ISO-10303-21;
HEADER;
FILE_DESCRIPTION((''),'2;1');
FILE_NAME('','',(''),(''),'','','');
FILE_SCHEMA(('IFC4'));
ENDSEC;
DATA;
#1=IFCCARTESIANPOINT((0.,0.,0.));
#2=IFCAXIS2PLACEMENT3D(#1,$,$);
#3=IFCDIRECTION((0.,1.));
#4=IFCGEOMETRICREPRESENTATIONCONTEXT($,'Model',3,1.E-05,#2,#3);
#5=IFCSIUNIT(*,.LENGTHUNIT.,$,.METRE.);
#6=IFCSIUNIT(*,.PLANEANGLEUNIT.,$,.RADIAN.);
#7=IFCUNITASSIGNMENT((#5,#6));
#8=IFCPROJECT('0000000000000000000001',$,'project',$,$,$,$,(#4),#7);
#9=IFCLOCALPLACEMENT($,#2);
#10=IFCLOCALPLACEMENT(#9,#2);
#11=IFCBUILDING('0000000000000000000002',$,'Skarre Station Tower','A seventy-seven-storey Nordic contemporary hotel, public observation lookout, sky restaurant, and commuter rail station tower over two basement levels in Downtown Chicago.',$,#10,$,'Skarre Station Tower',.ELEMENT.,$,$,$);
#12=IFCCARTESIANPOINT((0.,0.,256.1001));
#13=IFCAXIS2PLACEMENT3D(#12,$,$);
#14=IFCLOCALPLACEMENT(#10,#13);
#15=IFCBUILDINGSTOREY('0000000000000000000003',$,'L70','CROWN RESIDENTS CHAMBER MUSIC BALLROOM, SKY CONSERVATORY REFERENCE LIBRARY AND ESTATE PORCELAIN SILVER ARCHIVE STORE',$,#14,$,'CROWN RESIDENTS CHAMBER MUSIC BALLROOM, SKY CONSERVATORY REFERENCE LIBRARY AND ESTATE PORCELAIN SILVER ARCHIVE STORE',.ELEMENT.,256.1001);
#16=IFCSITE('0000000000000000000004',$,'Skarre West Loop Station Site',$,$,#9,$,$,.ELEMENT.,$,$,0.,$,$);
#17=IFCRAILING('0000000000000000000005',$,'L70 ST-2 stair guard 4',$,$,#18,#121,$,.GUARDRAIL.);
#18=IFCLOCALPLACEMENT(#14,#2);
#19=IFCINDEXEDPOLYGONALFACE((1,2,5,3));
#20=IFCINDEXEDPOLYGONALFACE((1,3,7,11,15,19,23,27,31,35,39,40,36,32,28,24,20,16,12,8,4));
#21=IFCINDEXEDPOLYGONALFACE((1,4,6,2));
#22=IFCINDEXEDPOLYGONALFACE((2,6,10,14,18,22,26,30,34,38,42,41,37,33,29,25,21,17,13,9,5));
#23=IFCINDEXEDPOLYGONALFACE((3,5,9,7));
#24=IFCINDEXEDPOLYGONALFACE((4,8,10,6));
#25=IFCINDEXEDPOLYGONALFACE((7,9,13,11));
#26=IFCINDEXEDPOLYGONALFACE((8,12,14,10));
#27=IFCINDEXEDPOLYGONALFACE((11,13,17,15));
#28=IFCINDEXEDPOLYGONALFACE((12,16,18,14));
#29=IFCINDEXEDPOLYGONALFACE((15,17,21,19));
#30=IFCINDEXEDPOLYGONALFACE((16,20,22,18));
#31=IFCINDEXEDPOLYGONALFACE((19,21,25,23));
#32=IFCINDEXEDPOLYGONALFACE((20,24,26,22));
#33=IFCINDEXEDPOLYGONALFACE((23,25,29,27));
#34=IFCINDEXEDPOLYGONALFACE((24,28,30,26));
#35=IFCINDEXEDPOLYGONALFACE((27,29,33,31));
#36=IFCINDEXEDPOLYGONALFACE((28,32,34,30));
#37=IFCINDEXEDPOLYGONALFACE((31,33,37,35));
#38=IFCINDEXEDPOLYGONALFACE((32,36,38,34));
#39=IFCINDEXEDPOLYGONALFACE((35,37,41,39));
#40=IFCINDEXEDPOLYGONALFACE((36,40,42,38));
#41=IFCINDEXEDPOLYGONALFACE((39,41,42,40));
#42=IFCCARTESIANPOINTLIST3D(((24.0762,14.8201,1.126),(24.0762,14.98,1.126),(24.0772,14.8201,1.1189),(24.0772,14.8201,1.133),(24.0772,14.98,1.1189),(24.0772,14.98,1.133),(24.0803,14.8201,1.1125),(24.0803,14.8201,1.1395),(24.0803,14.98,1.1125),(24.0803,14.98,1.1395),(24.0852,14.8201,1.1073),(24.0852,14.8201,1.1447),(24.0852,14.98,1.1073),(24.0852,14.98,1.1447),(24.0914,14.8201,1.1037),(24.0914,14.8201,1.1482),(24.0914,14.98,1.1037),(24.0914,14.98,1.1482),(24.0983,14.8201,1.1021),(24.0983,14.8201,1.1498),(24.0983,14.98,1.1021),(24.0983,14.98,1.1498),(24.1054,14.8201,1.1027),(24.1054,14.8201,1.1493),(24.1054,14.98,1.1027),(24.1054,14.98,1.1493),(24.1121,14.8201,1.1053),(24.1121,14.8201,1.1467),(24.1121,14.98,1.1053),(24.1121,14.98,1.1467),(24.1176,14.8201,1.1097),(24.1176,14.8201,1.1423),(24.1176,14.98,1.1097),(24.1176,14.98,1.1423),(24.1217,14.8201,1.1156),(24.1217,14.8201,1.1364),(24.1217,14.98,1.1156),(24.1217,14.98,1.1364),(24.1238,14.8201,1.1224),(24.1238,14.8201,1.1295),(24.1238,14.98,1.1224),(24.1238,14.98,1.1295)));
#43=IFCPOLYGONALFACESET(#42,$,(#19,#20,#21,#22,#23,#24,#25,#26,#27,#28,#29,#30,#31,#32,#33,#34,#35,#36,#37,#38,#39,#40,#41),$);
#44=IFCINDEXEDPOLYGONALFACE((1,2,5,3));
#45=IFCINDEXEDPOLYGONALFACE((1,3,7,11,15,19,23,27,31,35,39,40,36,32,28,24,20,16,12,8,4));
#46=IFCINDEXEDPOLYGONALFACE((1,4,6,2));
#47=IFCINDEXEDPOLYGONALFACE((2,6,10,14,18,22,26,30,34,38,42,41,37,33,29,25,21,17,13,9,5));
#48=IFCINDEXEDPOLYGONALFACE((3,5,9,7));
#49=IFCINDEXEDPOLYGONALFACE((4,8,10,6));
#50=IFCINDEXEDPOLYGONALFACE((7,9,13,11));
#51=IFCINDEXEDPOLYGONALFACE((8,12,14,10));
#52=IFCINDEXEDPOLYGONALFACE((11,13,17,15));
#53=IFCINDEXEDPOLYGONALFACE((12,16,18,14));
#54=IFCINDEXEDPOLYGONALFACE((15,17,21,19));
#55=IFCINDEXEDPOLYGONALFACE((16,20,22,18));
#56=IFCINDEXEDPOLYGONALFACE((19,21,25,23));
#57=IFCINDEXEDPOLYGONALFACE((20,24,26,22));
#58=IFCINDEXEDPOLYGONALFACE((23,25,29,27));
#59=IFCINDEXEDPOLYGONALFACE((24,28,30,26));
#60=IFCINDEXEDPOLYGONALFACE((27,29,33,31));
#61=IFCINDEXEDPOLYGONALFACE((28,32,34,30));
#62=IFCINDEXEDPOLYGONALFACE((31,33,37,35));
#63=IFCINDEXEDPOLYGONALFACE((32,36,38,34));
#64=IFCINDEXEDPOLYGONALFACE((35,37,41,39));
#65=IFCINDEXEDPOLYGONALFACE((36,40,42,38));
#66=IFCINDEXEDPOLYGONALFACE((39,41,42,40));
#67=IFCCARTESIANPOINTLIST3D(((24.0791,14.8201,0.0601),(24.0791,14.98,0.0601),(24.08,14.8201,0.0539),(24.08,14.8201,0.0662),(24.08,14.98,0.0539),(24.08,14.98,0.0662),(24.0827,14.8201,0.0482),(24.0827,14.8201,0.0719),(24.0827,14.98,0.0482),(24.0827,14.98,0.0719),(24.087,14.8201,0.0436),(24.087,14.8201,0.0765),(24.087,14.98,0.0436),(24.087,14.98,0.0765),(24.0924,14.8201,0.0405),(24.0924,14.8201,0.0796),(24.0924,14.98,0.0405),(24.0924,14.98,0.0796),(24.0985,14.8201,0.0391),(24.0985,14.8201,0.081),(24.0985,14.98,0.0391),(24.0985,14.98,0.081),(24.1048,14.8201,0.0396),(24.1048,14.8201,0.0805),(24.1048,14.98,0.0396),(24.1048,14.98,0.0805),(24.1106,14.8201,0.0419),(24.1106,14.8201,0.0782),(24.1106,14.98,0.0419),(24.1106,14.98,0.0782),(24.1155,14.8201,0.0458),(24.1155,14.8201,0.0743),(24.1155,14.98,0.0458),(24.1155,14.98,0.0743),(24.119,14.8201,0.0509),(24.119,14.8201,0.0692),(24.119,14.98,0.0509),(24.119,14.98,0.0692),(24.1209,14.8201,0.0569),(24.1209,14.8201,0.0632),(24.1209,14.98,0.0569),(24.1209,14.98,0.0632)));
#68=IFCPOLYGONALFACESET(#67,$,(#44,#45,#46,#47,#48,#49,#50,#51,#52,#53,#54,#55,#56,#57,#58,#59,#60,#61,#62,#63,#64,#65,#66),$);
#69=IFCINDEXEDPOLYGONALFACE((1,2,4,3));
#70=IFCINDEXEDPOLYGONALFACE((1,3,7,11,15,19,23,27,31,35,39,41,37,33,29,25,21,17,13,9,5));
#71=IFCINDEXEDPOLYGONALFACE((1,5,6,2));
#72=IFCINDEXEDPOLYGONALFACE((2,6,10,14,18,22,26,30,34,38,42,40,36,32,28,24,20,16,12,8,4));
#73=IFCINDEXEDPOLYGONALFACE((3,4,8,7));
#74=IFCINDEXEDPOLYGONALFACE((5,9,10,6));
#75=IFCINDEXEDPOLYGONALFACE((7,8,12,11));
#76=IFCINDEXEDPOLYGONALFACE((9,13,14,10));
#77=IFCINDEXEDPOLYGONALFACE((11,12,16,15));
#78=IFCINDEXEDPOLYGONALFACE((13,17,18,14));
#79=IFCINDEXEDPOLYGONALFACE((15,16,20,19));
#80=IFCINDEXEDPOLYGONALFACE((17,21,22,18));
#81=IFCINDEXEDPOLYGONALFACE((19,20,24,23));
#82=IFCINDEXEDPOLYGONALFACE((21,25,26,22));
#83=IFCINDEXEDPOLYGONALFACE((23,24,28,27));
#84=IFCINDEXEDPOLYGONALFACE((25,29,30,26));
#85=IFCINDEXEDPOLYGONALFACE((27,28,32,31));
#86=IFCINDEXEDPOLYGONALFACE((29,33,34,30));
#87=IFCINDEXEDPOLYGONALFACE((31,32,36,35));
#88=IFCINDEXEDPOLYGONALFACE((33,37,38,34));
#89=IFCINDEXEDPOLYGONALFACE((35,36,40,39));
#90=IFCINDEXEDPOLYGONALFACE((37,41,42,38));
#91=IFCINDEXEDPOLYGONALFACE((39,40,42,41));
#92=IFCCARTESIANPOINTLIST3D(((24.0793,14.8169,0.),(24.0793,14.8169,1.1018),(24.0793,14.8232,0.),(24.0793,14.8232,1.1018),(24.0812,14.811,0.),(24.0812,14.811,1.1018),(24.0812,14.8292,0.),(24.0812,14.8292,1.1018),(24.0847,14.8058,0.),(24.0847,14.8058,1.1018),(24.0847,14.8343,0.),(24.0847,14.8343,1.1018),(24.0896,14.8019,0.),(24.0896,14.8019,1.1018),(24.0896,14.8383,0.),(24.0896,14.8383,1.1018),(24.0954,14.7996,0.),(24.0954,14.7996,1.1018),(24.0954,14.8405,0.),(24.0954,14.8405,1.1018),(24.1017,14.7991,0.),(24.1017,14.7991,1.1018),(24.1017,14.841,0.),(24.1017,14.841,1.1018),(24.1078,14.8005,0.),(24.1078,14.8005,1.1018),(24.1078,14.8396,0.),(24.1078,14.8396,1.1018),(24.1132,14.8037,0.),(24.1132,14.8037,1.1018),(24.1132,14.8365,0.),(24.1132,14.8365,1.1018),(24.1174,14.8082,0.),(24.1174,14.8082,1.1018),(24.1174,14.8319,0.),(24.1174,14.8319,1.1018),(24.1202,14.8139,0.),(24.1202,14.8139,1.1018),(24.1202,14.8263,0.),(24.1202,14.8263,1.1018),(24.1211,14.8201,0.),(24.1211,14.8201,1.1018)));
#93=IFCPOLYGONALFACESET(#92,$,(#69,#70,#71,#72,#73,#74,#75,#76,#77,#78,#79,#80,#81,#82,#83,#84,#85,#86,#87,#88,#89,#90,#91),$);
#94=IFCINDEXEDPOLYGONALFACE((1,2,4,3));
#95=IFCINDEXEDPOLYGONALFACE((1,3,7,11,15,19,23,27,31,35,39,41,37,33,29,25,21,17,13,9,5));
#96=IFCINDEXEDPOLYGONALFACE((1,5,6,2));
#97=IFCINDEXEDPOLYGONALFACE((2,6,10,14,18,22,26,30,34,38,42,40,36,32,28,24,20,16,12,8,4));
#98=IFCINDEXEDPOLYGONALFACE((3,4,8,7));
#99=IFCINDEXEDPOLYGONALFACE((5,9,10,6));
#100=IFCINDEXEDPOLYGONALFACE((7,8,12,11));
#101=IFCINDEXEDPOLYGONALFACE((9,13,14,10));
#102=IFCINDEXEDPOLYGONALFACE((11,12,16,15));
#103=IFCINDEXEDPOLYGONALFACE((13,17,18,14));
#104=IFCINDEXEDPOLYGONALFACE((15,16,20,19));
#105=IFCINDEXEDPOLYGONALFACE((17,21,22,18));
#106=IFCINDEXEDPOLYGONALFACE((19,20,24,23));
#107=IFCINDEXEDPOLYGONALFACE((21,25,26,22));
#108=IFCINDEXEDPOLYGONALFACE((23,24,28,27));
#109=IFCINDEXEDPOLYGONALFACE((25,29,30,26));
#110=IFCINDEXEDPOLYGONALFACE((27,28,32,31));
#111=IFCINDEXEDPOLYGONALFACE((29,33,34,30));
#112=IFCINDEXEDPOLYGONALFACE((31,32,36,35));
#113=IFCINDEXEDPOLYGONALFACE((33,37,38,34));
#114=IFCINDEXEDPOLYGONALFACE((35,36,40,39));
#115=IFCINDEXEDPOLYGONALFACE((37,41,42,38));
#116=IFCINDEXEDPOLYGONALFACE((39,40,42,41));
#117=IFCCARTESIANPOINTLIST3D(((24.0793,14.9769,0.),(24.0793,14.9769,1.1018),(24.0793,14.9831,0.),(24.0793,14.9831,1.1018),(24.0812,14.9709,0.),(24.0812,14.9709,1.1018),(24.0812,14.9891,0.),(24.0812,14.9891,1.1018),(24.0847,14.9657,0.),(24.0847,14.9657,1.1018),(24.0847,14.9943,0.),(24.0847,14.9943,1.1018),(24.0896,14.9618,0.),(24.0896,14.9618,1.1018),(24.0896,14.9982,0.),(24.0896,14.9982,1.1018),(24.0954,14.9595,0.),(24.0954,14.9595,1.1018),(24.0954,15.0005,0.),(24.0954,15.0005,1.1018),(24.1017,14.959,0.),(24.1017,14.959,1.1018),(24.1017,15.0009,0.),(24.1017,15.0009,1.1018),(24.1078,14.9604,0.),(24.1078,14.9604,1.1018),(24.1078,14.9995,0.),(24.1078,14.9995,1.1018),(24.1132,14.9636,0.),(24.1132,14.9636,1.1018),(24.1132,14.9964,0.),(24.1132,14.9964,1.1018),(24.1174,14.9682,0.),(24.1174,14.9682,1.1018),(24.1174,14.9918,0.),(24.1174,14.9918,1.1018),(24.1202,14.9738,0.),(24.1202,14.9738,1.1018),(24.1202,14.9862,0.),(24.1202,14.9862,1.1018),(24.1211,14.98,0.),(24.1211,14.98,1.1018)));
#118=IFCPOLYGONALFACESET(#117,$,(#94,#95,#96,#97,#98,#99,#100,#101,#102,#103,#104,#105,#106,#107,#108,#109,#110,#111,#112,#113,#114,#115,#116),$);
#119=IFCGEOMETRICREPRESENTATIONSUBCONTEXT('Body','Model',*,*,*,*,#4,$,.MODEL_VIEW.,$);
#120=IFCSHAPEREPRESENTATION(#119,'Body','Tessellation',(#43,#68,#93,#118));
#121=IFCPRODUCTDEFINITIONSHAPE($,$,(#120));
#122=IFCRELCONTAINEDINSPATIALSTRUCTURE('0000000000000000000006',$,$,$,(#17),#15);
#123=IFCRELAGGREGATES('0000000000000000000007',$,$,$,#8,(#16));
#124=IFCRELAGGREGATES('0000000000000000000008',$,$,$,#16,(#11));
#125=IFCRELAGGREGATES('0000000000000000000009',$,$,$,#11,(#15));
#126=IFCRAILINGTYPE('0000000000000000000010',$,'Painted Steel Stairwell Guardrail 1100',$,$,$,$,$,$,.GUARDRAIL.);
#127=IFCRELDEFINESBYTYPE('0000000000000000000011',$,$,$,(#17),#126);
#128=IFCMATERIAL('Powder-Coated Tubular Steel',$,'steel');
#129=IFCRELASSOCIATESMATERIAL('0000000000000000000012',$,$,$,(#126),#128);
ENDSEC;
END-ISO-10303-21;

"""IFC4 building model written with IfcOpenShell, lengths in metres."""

from ifc_helpers import new_model, si_unit, direction, frame, origin, origin_2d, place, context, subcontext, project, spatial, circle, extrude, material, type_object, element, save


model = new_model("IFC4")

# Units and contexts
model_context = context("Model", 3, precision=1e-05, world=origin(), true_north=direction((0.0, 1.0)))
body_context = subcontext(model_context, "Body", "Model", "MODEL_VIEW")
ifc_project = project(units=[si_unit("LENGTHUNIT", "METRE"), si_unit("PLANEANGLEUNIT", "RADIAN")], contexts=[model_context])

# Site, building, storey
site_placement = place(None, origin())
site = spatial("IfcSite", under=ifc_project, at=site_placement, Name="Skarre West Loop Station Site", CompositionType="ELEMENT", RefElevation=0.0)
building_placement = place(site_placement, origin())
building = spatial("IfcBuilding", under=site, at=building_placement, Name="Skarre Station Tower", Description="A seventy-seven-storey Nordic contemporary hotel, public observation lookout, sky restaurant, and commuter rail station tower over two basement levels in Downtown Chicago.", LongName="Skarre Station Tower", CompositionType="ELEMENT")
storey_placement = place(building_placement, frame((0.0, 0.0, 256.1001)))
storey = spatial("IfcBuildingStorey", under=building, at=storey_placement, Name="L70", Description="CROWN RESIDENTS CHAMBER MUSIC BALLROOM, SKY CONSERVATORY REFERENCE LIBRARY AND ESTATE PORCELAIN SILVER ARCHIVE STORE", LongName="CROWN RESIDENTS CHAMBER MUSIC BALLROOM, SKY CONSERVATORY REFERENCE LIBRARY AND ESTATE PORCELAIN SILVER ARCHIVE STORE", CompositionType="ELEMENT", Elevation=256.1001)

# Railing
ifc_material_1 = material(Name="Powder-Coated Tubular Steel", Category="steel")
railing_type_1 = type_object("IfcRailingType", Name="Painted Steel Stairwell Guardrail 1100", PredefinedType="GUARDRAIL", material=ifc_material_1)
railing_1_placement = place(storey_placement, frame((24.1001, 14.8201, 0.0)))
element("IfcRailing", 1, at=railing_1_placement, inside=storey, type_object=railing_type_1, Name="L70 ST-2 stair guard 4", PredefinedType="GUARDRAIL", context=body_context, shape_type="SweptSolid", body=[
    extrude(circle(Radius=0.0239, at=origin_2d()), frame((0.0, 0.0, 1.126), z_axis=(0.0, 1.0, 0.0), x_axis=(-1.0, 0.0, 0.0)), (0.0, 0.0, 1.0), 0.1599),
    extrude(circle(Radius=0.021, at=origin_2d()), frame((0.0, 0.0, 0.0601), z_axis=(0.0, 1.0, 0.0), x_axis=(-1.0, 0.0, 0.0)), (0.0, 0.0, 1.0), 0.1599),
    extrude(circle(Radius=0.021, at=origin_2d()), origin(), (0.0, 0.0, 1.0), 1.1018),
    extrude(circle(Radius=0.021, at=origin_2d()), frame((0.0, 0.1599, 0.0)), (0.0, 0.0, 1.0), 1.1018),
])

save(model, "model.ifc")
